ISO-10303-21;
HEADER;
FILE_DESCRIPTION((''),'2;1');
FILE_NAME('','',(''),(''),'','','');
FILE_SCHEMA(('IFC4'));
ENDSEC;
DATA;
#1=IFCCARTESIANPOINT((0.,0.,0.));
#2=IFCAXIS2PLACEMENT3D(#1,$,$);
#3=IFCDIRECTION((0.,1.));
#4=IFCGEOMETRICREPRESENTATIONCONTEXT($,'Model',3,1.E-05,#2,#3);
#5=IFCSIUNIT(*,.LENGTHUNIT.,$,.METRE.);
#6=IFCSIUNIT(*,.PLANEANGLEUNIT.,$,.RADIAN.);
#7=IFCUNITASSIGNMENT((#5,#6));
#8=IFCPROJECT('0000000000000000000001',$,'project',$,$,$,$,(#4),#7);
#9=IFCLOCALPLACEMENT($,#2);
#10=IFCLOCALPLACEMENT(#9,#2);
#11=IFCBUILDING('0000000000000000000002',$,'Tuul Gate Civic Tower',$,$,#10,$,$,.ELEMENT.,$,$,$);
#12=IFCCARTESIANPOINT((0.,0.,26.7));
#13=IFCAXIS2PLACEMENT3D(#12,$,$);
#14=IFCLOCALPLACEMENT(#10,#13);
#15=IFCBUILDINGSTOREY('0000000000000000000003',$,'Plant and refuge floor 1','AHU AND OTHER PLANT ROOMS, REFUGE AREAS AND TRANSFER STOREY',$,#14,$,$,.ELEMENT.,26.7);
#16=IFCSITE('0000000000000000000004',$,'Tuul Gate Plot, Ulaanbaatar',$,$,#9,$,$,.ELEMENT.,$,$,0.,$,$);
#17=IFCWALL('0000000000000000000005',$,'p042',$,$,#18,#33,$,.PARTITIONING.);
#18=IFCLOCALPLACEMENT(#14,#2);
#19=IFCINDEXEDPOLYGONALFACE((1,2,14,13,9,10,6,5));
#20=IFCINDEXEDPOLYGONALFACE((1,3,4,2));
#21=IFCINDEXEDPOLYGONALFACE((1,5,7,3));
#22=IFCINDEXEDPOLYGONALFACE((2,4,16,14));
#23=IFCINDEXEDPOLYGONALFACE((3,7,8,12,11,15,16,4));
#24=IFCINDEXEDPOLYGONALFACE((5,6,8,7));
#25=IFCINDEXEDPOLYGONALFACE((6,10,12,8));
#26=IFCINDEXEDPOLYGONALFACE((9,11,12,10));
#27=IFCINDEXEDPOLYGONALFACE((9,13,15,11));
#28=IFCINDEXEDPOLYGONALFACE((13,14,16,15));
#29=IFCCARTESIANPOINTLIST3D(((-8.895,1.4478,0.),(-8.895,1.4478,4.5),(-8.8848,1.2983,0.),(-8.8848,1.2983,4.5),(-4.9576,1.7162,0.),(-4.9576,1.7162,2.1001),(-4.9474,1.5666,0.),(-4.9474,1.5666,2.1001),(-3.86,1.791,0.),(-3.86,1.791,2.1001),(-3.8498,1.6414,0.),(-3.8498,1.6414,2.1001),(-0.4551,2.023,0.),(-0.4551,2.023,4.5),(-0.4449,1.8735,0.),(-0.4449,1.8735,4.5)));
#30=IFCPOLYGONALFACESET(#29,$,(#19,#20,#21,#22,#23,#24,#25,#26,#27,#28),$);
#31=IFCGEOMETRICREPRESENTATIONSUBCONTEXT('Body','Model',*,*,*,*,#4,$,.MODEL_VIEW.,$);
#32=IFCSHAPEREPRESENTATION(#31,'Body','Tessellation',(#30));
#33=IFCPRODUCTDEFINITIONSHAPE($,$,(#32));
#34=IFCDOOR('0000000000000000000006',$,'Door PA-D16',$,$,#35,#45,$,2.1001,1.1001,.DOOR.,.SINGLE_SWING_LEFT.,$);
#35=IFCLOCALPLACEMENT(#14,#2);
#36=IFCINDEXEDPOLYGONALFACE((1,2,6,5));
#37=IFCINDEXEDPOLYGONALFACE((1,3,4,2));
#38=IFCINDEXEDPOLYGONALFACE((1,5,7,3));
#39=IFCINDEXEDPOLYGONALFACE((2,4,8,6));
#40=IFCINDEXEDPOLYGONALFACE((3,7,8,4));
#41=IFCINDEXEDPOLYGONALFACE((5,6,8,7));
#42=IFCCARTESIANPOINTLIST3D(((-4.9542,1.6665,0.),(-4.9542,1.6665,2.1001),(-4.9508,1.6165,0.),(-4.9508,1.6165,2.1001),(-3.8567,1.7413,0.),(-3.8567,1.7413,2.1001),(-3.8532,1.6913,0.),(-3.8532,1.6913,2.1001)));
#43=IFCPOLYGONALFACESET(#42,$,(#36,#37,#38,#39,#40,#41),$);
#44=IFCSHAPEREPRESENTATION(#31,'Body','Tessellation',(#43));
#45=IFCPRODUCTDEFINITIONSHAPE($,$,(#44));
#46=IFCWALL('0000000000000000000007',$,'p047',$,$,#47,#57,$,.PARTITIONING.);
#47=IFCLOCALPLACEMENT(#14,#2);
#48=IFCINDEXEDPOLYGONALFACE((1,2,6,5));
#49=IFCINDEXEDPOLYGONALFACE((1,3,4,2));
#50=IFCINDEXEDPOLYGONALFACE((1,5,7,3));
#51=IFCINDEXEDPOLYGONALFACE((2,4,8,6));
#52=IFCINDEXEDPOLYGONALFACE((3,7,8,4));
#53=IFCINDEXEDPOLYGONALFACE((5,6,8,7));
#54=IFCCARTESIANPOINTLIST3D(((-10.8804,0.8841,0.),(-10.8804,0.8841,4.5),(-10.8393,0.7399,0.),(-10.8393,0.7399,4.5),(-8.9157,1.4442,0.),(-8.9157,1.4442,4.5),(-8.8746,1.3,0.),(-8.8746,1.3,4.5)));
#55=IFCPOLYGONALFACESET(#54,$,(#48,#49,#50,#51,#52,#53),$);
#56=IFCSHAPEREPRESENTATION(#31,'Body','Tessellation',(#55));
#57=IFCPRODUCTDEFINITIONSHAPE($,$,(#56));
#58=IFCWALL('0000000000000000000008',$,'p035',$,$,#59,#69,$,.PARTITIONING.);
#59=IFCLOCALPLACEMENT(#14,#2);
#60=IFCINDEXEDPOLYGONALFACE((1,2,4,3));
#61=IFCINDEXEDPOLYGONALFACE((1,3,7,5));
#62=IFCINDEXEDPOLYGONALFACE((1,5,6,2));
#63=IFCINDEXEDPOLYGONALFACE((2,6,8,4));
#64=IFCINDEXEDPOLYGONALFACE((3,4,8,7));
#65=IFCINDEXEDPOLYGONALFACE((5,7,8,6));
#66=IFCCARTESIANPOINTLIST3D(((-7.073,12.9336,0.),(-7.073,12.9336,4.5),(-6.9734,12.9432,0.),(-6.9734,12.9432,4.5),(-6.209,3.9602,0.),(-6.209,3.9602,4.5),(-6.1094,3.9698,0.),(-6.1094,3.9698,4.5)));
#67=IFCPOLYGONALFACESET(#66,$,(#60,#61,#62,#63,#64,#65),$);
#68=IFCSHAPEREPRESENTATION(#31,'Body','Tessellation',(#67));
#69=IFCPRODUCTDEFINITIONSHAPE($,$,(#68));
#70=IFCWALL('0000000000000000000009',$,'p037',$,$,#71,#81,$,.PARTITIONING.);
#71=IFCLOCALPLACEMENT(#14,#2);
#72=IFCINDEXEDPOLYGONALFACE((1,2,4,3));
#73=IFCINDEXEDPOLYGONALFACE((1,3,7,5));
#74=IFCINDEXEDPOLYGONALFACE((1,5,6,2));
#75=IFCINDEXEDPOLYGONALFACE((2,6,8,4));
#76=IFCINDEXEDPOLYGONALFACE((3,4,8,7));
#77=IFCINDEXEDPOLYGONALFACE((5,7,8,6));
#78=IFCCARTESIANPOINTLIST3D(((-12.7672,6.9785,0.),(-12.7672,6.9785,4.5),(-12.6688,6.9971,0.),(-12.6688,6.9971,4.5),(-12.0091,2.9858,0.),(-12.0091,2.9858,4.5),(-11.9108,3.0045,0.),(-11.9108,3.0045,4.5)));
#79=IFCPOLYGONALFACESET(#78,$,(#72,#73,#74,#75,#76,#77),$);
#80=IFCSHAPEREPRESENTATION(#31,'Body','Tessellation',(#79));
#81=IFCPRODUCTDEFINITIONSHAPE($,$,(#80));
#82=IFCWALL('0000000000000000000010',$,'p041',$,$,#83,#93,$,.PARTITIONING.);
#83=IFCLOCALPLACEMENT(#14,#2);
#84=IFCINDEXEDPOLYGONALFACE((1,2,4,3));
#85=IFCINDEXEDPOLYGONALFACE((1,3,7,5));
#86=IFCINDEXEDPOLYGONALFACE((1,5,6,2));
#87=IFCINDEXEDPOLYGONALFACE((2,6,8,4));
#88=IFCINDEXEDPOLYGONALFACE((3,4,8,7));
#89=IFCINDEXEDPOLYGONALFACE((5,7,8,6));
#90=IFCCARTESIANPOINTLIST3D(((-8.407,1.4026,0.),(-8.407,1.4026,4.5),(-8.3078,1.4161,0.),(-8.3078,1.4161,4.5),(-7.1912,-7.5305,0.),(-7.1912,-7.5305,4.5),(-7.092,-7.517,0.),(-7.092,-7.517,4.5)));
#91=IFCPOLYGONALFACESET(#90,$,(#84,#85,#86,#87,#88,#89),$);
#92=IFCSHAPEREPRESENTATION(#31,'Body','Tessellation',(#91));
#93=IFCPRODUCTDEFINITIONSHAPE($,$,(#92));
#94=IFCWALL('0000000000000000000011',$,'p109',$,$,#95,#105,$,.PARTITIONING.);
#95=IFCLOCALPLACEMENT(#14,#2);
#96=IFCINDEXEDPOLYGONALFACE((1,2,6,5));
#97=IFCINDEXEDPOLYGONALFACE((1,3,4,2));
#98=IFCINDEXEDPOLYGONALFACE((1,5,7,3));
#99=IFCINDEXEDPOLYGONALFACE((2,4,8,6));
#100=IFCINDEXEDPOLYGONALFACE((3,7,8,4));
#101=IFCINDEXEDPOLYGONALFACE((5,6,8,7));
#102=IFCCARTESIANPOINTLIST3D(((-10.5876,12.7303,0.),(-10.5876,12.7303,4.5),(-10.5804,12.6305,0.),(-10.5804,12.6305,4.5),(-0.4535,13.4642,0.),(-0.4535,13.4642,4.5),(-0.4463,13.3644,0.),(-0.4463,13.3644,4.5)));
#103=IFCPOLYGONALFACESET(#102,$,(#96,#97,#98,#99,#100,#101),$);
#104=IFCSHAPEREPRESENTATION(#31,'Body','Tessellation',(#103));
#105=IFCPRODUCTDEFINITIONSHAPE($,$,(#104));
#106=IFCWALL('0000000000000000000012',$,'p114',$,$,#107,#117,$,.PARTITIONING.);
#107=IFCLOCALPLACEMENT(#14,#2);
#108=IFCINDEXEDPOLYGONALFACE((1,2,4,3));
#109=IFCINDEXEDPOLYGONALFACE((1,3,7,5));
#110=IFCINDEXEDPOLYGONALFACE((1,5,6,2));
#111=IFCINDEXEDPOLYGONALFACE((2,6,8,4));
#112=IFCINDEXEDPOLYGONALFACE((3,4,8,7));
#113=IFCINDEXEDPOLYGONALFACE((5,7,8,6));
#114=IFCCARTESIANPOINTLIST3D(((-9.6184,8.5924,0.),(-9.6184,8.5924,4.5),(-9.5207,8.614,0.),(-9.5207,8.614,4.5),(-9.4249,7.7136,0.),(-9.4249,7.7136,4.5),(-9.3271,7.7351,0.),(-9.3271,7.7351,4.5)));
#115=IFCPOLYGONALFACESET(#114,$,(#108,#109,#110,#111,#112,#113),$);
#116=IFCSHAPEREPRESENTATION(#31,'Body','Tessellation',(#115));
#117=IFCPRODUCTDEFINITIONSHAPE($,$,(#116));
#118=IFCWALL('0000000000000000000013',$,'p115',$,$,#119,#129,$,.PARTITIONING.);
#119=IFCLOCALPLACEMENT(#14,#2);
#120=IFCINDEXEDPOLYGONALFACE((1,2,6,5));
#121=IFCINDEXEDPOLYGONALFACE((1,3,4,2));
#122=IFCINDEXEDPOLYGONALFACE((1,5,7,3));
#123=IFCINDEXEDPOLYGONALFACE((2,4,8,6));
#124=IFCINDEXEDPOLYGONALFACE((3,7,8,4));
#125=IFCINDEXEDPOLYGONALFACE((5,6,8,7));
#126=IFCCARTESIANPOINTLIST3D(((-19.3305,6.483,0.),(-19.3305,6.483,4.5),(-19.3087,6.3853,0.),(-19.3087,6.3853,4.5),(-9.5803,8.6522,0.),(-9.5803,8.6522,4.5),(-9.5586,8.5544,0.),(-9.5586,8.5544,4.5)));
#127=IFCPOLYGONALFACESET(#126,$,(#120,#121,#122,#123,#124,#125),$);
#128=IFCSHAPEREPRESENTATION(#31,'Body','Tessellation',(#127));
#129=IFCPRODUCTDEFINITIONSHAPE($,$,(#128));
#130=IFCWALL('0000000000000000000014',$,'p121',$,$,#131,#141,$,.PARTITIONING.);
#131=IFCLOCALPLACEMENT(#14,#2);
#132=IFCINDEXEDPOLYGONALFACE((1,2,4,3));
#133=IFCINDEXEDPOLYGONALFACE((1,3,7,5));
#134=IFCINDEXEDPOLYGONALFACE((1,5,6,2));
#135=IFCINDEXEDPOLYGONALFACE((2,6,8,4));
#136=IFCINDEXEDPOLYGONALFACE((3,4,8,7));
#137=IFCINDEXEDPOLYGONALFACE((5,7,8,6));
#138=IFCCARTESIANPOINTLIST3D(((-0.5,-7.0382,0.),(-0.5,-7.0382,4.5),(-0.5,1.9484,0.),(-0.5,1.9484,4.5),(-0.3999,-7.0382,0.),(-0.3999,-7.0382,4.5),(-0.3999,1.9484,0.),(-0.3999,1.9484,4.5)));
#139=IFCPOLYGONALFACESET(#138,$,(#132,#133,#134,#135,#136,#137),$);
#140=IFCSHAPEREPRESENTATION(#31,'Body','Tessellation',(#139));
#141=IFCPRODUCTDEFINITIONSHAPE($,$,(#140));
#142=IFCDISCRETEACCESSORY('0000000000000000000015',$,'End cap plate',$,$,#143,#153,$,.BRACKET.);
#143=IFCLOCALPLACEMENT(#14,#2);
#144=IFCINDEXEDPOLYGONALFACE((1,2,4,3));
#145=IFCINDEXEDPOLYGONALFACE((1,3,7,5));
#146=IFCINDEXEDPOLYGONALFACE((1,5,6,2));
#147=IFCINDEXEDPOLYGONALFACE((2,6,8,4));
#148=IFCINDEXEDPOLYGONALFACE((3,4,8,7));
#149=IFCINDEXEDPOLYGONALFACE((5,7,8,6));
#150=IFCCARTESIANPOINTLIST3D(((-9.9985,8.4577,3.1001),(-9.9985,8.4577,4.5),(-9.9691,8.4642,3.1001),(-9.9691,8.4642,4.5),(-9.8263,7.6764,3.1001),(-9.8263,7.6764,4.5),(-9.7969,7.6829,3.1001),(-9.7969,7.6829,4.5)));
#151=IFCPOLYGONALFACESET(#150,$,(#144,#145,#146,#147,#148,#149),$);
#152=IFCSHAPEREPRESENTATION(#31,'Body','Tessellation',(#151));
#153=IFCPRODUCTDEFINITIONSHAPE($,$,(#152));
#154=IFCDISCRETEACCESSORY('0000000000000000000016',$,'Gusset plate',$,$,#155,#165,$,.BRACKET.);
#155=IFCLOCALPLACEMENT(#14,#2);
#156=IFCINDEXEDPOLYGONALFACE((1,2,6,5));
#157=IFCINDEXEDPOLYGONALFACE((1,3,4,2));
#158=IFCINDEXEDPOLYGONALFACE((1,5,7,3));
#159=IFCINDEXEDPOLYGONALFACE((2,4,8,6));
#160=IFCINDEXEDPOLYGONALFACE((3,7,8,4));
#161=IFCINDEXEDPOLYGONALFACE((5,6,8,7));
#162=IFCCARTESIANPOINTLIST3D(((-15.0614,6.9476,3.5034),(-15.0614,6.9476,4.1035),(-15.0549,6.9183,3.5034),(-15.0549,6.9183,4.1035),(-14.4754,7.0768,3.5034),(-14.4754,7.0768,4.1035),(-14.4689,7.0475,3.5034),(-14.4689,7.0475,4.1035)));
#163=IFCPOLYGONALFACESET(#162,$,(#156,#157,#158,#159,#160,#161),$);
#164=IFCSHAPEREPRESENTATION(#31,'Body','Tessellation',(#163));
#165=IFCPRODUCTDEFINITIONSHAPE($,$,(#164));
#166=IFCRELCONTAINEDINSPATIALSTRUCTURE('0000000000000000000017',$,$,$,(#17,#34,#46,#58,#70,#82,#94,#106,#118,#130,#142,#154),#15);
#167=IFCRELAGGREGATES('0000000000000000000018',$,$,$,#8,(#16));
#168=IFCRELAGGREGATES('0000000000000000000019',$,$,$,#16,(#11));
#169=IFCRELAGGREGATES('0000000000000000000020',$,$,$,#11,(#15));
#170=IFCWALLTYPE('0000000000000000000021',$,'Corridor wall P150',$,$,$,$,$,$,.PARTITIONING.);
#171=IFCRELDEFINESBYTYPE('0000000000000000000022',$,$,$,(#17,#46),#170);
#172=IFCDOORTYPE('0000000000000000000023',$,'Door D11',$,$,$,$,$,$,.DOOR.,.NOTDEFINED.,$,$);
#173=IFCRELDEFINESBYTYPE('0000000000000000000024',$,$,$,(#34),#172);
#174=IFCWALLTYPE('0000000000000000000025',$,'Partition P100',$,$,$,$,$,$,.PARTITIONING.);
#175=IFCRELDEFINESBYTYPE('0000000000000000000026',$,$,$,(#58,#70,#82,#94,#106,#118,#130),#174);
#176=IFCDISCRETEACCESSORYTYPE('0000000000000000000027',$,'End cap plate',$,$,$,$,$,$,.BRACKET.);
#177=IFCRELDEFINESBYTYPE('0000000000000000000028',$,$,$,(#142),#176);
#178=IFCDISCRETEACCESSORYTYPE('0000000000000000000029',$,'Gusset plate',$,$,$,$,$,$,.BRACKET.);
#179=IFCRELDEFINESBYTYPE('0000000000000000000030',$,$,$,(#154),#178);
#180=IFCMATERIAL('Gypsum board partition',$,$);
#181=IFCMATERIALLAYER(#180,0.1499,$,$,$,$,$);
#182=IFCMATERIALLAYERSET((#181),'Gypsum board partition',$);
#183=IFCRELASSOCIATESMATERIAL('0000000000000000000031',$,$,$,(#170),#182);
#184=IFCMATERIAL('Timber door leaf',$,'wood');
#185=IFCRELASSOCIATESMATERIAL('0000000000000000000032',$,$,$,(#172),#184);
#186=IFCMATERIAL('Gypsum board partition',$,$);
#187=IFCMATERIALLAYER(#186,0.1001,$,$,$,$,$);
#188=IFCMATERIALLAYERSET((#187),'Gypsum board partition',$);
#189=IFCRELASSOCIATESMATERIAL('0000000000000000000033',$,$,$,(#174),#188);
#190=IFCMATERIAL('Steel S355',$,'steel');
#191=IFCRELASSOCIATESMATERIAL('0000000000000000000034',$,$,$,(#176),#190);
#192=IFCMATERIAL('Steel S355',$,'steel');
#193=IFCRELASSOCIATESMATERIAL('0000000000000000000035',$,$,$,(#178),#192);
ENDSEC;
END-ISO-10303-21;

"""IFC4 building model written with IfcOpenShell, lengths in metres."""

from ifc_helpers import new_model, si_unit, direction, frame, frame_2d, origin, origin_2d, place, context, subcontext, project, spatial, rectangle, extrude, material, layer, layer_set, type_object, element, fill, save


model = new_model("IFC4")

# Units and contexts
model_context = context("Model", 3, precision=1e-05, world=origin(), true_north=direction((0.0, 1.0)))
body_context = subcontext(model_context, "Body", "Model", "MODEL_VIEW")
ifc_project = project(units=[si_unit("LENGTHUNIT", "METRE"), si_unit("PLANEANGLEUNIT", "RADIAN")], contexts=[model_context])

# Site, building, storey
site_placement = place(None, origin())
site = spatial("IfcSite", under=ifc_project, at=site_placement, Name="Tuul Gate Plot, Ulaanbaatar", CompositionType="ELEMENT", RefElevation=0.0)
building_placement = place(site_placement, origin())
building = spatial("IfcBuilding", under=site, at=building_placement, Name="Tuul Gate Civic Tower", CompositionType="ELEMENT")
storey_placement = place(building_placement, frame((0.0, 0.0, 26.7)))
storey = spatial("IfcBuildingStorey", under=building, at=storey_placement, Name="Plant and refuge floor 1", Description="AHU AND OTHER PLANT ROOMS, REFUGE AREAS AND TRANSFER STOREY", CompositionType="ELEMENT", Elevation=26.7)

# Shared definitions
ifc_material_1 = material(Name="Gypsum board partition")
ifc_layer_1 = layer(ifc_material_1, 0.1499)
ifc_layer_set_1 = layer_set([ifc_layer_1], Name="Gypsum board partition")
wall_type_1 = type_object("IfcWallType", Name="Corridor wall P150", PredefinedType="PARTITIONING", material=ifc_layer_set_1)
ifc_material_2 = material(Name="Timber door leaf", Category="wood")
door_type_1 = type_object("IfcDoorType", Name="Door D11", OperationType="NOTDEFINED", PredefinedType="DOOR", material=ifc_material_2)

# Wall, opening, door
wall_1_placement = place(storey_placement, frame((-8.8899, 1.373, 0.0), z_axis=(0.0, 0.0, 1.0), x_axis=(0.997686, 0.067994, 0.0)))
wall_1 = element("IfcWall", 1, at=wall_1_placement, inside=storey, type_object=wall_type_1, Name="p042", PredefinedType="PARTITIONING", context=body_context, shape_type="SweptSolid", body=[
    extrude(rectangle(XDim=8.4595, YDim=0.1499, at=frame_2d((4.2297, 0.0))), origin(), (0.0, 0.0, 1.0), 4.5),
])
opening_1_placement = place(wall_1_placement, frame((3.9465, 0.0, 0.0)))
opening_1 = element("IfcOpeningElement", 2, at=opening_1_placement, cuts=wall_1, PredefinedType="OPENING", context=body_context, shape_type="SweptSolid", body=[
    extrude(rectangle(XDim=1.1001, YDim=2.1001, at=frame_2d((0.55, 1.05))), frame((0.0, 0.085, 0.0), z_axis=(0.0, -1.0, 0.0), x_axis=(1.0, 0.0, 0.0)), (0.0, 0.0, 1.0), 0.1699),
])
door_1_placement = place(opening_1_placement, frame((1.1001, 0.0, 0.0), z_axis=(0.0, 0.0, 1.0), x_axis=(-1.0, 0.0, 0.0)))
door_1 = element("IfcDoor", 3, at=door_1_placement, inside=storey, type_object=door_type_1, Name="Door PA-D16", OperationType="SINGLE_SWING_LEFT", OverallHeight=2.1001, OverallWidth=1.1001, PredefinedType="DOOR", context=body_context, shape_type="SweptSolid", body=[
    extrude(rectangle(XDim=1.1001, YDim=2.1001, at=frame_2d((0.55, 1.05))), frame((0.0, 0.0249, 0.0), z_axis=(0.0, -1.0, 0.0), x_axis=(1.0, 0.0, 0.0)), (0.0, 0.0, 1.0), 0.05),
])
fill(opening_1, door_1)

# Walls
wall_2_placement = place(storey_placement, frame((-10.8599, 0.812, 0.0), z_axis=(0.0, 0.0, 1.0), x_axis=(0.961686, 0.274153, 0.0)))
element("IfcWall", 4, at=wall_2_placement, inside=storey, type_object=wall_type_1, Name="p047", PredefinedType="PARTITIONING", context=body_context, shape_type="SweptSolid", body=[
    extrude(rectangle(XDim=2.043, YDim=0.1499, at=frame_2d((1.0215, 0.0))), origin(), (0.0, 0.0, 1.0), 4.5),
])
ifc_material_3 = material(Name="Gypsum board partition")
ifc_layer_2 = layer(ifc_material_3, 0.1001)
ifc_layer_set_2 = layer_set([ifc_layer_2], Name="Gypsum board partition")
wall_type_2 = type_object("IfcWallType", Name="Partition P100", PredefinedType="PARTITIONING", material=ifc_layer_set_2)
wall_3_placement = place(storey_placement, frame((-7.0232, 12.9382, 0.0), z_axis=(0.0, 0.0, 1.0), x_axis=(0.095843, -0.995396, 0.0)))
element("IfcWall", 5, at=wall_3_placement, inside=storey, type_object=wall_type_2, Name="p035", PredefinedType="PARTITIONING", context=body_context, shape_type="SweptSolid", body=[
    extrude(rectangle(XDim=9.0149, YDim=0.1001, at=frame_2d((4.5073, 0.0))), origin(), (0.0, 0.0, 1.0), 4.5),
])
wall_4_placement = place(storey_placement, frame((-12.718, 6.9878, 0.0), z_axis=(0.0, 0.0, 1.0), x_axis=(0.18653, -0.982449, 0.0)))
element("IfcWall", 6, at=wall_4_placement, inside=storey, type_object=wall_type_2, Name="p037", PredefinedType="PARTITIONING", context=body_context, shape_type="SweptSolid", body=[
    extrude(rectangle(XDim=4.064, YDim=0.1001, at=frame_2d((2.032, 0.0))), origin(), (0.0, 0.0, 1.0), 4.5),
])
wall_5_placement = place(storey_placement, frame((-8.3574, 1.4094, 0.0), z_axis=(0.0, 0.0, 1.0), x_axis=(0.134859, -0.990865, 0.0)))
element("IfcWall", 7, at=wall_5_placement, inside=storey, type_object=wall_type_2, Name="p041", PredefinedType="PARTITIONING", context=body_context, shape_type="SweptSolid", body=[
    extrude(rectangle(XDim=9.0154, YDim=0.1001, at=frame_2d((4.5078, 0.0))), origin(), (0.0, 0.0, 1.0), 4.5),
])
wall_6_placement = place(storey_placement, frame((-10.584, 12.6804, 0.0), z_axis=(0.0, 0.0, 1.0), x_axis=(0.997388, 0.072229, 0.0)))
element("IfcWall", 8, at=wall_6_placement, inside=storey, type_object=wall_type_2, Name="p109", PredefinedType="PARTITIONING", context=body_context, shape_type="SweptSolid", body=[
    extrude(rectangle(XDim=10.1606, YDim=0.1001, at=frame_2d((5.0803, 0.0))), origin(), (0.0, 0.0, 1.0), 4.5),
])
wall_7_placement = place(storey_placement, frame((-9.376, 7.7244, 0.0), z_axis=(0.0, 0.0, 1.0), x_axis=(-0.215121, 0.976588, 0.0)))
element("IfcWall", 9, at=wall_7_placement, inside=storey, type_object=wall_type_2, Name="p114", PredefinedType="PARTITIONING", context=body_context, shape_type="SweptSolid", body=[
    extrude(rectangle(XDim=0.8999, YDim=0.1001, at=frame_2d((0.45, 0.0))), origin(), (0.0, 0.0, 1.0), 4.5),
])
wall_8_placement = place(storey_placement, frame((-9.5696, 8.6033, 0.0), z_axis=(0.0, 0.0, 1.0), x_axis=(-0.976135, -0.217166, 0.0)))
element("IfcWall", 10, at=wall_8_placement, inside=storey, type_object=wall_type_2, Name="p115", PredefinedType="PARTITIONING", context=body_context, shape_type="SweptSolid", body=[
    extrude(rectangle(XDim=9.9885, YDim=0.1001, at=frame_2d((4.9941, 0.0))), origin(), (0.0, 0.0, 1.0), 4.5),
])
wall_9_placement = place(storey_placement, frame((-0.45, 1.9482, 0.0), z_axis=(0.0, 0.0, 1.0), x_axis=(0.0, -1.0, 0.0)))
element("IfcWall", 11, at=wall_9_placement, inside=storey, type_object=wall_type_2, Name="p121", PredefinedType="PARTITIONING", context=body_context, shape_type="SweptSolid", body=[
    extrude(rectangle(XDim=8.9866, YDim=0.1001, at=frame_2d((4.4932, 0.0))), origin(), (0.0, 0.0, 1.0), 4.5),
])

# Discrete accessories
ifc_material_4 = material(Name="Steel S355", Category="steel")
discrete_accessory_type_1 = type_object("IfcDiscreteAccessoryType", Name="End cap plate", PredefinedType="BRACKET", material=ifc_material_4)
discrete_accessory_1_placement = place(storey_placement, frame((-9.8977, 8.0703, 3.1001), z_axis=(0.0, 0.0, 1.0), x_axis=(0.976565, 0.215222, 0.0)))
element("IfcDiscreteAccessory", 12, at=discrete_accessory_1_placement, inside=storey, type_object=discrete_accessory_type_1, Name="End cap plate", PredefinedType="BRACKET", context=body_context, shape_type="SweptSolid", body=[
    extrude(rectangle(XDim=0.03, YDim=0.8, at=origin_2d()), origin(), (0.0, 0.0, 1.0), 1.3999),
])
ifc_material_5 = material(Name="Steel S355", Category="steel")
discrete_accessory_type_2 = type_object("IfcDiscreteAccessoryType", Name="Gusset plate", PredefinedType="BRACKET", material=ifc_material_5)
discrete_accessory_2_placement = place(storey_placement, frame((-14.7651, 6.9976, 3.5034), z_axis=(0.0, 0.0, 1.0), x_axis=(-0.976565, -0.215222, 0.0)))
element("IfcDiscreteAccessory", 13, at=discrete_accessory_2_placement, inside=storey, type_object=discrete_accessory_type_2, Name="Gusset plate", PredefinedType="BRACKET", context=body_context, shape_type="SweptSolid", body=[
    extrude(rectangle(XDim=0.6001, YDim=0.03, at=origin_2d()), origin(), (0.0, 0.0, 1.0), 0.6001),
])

save(model, "model.ifc")
